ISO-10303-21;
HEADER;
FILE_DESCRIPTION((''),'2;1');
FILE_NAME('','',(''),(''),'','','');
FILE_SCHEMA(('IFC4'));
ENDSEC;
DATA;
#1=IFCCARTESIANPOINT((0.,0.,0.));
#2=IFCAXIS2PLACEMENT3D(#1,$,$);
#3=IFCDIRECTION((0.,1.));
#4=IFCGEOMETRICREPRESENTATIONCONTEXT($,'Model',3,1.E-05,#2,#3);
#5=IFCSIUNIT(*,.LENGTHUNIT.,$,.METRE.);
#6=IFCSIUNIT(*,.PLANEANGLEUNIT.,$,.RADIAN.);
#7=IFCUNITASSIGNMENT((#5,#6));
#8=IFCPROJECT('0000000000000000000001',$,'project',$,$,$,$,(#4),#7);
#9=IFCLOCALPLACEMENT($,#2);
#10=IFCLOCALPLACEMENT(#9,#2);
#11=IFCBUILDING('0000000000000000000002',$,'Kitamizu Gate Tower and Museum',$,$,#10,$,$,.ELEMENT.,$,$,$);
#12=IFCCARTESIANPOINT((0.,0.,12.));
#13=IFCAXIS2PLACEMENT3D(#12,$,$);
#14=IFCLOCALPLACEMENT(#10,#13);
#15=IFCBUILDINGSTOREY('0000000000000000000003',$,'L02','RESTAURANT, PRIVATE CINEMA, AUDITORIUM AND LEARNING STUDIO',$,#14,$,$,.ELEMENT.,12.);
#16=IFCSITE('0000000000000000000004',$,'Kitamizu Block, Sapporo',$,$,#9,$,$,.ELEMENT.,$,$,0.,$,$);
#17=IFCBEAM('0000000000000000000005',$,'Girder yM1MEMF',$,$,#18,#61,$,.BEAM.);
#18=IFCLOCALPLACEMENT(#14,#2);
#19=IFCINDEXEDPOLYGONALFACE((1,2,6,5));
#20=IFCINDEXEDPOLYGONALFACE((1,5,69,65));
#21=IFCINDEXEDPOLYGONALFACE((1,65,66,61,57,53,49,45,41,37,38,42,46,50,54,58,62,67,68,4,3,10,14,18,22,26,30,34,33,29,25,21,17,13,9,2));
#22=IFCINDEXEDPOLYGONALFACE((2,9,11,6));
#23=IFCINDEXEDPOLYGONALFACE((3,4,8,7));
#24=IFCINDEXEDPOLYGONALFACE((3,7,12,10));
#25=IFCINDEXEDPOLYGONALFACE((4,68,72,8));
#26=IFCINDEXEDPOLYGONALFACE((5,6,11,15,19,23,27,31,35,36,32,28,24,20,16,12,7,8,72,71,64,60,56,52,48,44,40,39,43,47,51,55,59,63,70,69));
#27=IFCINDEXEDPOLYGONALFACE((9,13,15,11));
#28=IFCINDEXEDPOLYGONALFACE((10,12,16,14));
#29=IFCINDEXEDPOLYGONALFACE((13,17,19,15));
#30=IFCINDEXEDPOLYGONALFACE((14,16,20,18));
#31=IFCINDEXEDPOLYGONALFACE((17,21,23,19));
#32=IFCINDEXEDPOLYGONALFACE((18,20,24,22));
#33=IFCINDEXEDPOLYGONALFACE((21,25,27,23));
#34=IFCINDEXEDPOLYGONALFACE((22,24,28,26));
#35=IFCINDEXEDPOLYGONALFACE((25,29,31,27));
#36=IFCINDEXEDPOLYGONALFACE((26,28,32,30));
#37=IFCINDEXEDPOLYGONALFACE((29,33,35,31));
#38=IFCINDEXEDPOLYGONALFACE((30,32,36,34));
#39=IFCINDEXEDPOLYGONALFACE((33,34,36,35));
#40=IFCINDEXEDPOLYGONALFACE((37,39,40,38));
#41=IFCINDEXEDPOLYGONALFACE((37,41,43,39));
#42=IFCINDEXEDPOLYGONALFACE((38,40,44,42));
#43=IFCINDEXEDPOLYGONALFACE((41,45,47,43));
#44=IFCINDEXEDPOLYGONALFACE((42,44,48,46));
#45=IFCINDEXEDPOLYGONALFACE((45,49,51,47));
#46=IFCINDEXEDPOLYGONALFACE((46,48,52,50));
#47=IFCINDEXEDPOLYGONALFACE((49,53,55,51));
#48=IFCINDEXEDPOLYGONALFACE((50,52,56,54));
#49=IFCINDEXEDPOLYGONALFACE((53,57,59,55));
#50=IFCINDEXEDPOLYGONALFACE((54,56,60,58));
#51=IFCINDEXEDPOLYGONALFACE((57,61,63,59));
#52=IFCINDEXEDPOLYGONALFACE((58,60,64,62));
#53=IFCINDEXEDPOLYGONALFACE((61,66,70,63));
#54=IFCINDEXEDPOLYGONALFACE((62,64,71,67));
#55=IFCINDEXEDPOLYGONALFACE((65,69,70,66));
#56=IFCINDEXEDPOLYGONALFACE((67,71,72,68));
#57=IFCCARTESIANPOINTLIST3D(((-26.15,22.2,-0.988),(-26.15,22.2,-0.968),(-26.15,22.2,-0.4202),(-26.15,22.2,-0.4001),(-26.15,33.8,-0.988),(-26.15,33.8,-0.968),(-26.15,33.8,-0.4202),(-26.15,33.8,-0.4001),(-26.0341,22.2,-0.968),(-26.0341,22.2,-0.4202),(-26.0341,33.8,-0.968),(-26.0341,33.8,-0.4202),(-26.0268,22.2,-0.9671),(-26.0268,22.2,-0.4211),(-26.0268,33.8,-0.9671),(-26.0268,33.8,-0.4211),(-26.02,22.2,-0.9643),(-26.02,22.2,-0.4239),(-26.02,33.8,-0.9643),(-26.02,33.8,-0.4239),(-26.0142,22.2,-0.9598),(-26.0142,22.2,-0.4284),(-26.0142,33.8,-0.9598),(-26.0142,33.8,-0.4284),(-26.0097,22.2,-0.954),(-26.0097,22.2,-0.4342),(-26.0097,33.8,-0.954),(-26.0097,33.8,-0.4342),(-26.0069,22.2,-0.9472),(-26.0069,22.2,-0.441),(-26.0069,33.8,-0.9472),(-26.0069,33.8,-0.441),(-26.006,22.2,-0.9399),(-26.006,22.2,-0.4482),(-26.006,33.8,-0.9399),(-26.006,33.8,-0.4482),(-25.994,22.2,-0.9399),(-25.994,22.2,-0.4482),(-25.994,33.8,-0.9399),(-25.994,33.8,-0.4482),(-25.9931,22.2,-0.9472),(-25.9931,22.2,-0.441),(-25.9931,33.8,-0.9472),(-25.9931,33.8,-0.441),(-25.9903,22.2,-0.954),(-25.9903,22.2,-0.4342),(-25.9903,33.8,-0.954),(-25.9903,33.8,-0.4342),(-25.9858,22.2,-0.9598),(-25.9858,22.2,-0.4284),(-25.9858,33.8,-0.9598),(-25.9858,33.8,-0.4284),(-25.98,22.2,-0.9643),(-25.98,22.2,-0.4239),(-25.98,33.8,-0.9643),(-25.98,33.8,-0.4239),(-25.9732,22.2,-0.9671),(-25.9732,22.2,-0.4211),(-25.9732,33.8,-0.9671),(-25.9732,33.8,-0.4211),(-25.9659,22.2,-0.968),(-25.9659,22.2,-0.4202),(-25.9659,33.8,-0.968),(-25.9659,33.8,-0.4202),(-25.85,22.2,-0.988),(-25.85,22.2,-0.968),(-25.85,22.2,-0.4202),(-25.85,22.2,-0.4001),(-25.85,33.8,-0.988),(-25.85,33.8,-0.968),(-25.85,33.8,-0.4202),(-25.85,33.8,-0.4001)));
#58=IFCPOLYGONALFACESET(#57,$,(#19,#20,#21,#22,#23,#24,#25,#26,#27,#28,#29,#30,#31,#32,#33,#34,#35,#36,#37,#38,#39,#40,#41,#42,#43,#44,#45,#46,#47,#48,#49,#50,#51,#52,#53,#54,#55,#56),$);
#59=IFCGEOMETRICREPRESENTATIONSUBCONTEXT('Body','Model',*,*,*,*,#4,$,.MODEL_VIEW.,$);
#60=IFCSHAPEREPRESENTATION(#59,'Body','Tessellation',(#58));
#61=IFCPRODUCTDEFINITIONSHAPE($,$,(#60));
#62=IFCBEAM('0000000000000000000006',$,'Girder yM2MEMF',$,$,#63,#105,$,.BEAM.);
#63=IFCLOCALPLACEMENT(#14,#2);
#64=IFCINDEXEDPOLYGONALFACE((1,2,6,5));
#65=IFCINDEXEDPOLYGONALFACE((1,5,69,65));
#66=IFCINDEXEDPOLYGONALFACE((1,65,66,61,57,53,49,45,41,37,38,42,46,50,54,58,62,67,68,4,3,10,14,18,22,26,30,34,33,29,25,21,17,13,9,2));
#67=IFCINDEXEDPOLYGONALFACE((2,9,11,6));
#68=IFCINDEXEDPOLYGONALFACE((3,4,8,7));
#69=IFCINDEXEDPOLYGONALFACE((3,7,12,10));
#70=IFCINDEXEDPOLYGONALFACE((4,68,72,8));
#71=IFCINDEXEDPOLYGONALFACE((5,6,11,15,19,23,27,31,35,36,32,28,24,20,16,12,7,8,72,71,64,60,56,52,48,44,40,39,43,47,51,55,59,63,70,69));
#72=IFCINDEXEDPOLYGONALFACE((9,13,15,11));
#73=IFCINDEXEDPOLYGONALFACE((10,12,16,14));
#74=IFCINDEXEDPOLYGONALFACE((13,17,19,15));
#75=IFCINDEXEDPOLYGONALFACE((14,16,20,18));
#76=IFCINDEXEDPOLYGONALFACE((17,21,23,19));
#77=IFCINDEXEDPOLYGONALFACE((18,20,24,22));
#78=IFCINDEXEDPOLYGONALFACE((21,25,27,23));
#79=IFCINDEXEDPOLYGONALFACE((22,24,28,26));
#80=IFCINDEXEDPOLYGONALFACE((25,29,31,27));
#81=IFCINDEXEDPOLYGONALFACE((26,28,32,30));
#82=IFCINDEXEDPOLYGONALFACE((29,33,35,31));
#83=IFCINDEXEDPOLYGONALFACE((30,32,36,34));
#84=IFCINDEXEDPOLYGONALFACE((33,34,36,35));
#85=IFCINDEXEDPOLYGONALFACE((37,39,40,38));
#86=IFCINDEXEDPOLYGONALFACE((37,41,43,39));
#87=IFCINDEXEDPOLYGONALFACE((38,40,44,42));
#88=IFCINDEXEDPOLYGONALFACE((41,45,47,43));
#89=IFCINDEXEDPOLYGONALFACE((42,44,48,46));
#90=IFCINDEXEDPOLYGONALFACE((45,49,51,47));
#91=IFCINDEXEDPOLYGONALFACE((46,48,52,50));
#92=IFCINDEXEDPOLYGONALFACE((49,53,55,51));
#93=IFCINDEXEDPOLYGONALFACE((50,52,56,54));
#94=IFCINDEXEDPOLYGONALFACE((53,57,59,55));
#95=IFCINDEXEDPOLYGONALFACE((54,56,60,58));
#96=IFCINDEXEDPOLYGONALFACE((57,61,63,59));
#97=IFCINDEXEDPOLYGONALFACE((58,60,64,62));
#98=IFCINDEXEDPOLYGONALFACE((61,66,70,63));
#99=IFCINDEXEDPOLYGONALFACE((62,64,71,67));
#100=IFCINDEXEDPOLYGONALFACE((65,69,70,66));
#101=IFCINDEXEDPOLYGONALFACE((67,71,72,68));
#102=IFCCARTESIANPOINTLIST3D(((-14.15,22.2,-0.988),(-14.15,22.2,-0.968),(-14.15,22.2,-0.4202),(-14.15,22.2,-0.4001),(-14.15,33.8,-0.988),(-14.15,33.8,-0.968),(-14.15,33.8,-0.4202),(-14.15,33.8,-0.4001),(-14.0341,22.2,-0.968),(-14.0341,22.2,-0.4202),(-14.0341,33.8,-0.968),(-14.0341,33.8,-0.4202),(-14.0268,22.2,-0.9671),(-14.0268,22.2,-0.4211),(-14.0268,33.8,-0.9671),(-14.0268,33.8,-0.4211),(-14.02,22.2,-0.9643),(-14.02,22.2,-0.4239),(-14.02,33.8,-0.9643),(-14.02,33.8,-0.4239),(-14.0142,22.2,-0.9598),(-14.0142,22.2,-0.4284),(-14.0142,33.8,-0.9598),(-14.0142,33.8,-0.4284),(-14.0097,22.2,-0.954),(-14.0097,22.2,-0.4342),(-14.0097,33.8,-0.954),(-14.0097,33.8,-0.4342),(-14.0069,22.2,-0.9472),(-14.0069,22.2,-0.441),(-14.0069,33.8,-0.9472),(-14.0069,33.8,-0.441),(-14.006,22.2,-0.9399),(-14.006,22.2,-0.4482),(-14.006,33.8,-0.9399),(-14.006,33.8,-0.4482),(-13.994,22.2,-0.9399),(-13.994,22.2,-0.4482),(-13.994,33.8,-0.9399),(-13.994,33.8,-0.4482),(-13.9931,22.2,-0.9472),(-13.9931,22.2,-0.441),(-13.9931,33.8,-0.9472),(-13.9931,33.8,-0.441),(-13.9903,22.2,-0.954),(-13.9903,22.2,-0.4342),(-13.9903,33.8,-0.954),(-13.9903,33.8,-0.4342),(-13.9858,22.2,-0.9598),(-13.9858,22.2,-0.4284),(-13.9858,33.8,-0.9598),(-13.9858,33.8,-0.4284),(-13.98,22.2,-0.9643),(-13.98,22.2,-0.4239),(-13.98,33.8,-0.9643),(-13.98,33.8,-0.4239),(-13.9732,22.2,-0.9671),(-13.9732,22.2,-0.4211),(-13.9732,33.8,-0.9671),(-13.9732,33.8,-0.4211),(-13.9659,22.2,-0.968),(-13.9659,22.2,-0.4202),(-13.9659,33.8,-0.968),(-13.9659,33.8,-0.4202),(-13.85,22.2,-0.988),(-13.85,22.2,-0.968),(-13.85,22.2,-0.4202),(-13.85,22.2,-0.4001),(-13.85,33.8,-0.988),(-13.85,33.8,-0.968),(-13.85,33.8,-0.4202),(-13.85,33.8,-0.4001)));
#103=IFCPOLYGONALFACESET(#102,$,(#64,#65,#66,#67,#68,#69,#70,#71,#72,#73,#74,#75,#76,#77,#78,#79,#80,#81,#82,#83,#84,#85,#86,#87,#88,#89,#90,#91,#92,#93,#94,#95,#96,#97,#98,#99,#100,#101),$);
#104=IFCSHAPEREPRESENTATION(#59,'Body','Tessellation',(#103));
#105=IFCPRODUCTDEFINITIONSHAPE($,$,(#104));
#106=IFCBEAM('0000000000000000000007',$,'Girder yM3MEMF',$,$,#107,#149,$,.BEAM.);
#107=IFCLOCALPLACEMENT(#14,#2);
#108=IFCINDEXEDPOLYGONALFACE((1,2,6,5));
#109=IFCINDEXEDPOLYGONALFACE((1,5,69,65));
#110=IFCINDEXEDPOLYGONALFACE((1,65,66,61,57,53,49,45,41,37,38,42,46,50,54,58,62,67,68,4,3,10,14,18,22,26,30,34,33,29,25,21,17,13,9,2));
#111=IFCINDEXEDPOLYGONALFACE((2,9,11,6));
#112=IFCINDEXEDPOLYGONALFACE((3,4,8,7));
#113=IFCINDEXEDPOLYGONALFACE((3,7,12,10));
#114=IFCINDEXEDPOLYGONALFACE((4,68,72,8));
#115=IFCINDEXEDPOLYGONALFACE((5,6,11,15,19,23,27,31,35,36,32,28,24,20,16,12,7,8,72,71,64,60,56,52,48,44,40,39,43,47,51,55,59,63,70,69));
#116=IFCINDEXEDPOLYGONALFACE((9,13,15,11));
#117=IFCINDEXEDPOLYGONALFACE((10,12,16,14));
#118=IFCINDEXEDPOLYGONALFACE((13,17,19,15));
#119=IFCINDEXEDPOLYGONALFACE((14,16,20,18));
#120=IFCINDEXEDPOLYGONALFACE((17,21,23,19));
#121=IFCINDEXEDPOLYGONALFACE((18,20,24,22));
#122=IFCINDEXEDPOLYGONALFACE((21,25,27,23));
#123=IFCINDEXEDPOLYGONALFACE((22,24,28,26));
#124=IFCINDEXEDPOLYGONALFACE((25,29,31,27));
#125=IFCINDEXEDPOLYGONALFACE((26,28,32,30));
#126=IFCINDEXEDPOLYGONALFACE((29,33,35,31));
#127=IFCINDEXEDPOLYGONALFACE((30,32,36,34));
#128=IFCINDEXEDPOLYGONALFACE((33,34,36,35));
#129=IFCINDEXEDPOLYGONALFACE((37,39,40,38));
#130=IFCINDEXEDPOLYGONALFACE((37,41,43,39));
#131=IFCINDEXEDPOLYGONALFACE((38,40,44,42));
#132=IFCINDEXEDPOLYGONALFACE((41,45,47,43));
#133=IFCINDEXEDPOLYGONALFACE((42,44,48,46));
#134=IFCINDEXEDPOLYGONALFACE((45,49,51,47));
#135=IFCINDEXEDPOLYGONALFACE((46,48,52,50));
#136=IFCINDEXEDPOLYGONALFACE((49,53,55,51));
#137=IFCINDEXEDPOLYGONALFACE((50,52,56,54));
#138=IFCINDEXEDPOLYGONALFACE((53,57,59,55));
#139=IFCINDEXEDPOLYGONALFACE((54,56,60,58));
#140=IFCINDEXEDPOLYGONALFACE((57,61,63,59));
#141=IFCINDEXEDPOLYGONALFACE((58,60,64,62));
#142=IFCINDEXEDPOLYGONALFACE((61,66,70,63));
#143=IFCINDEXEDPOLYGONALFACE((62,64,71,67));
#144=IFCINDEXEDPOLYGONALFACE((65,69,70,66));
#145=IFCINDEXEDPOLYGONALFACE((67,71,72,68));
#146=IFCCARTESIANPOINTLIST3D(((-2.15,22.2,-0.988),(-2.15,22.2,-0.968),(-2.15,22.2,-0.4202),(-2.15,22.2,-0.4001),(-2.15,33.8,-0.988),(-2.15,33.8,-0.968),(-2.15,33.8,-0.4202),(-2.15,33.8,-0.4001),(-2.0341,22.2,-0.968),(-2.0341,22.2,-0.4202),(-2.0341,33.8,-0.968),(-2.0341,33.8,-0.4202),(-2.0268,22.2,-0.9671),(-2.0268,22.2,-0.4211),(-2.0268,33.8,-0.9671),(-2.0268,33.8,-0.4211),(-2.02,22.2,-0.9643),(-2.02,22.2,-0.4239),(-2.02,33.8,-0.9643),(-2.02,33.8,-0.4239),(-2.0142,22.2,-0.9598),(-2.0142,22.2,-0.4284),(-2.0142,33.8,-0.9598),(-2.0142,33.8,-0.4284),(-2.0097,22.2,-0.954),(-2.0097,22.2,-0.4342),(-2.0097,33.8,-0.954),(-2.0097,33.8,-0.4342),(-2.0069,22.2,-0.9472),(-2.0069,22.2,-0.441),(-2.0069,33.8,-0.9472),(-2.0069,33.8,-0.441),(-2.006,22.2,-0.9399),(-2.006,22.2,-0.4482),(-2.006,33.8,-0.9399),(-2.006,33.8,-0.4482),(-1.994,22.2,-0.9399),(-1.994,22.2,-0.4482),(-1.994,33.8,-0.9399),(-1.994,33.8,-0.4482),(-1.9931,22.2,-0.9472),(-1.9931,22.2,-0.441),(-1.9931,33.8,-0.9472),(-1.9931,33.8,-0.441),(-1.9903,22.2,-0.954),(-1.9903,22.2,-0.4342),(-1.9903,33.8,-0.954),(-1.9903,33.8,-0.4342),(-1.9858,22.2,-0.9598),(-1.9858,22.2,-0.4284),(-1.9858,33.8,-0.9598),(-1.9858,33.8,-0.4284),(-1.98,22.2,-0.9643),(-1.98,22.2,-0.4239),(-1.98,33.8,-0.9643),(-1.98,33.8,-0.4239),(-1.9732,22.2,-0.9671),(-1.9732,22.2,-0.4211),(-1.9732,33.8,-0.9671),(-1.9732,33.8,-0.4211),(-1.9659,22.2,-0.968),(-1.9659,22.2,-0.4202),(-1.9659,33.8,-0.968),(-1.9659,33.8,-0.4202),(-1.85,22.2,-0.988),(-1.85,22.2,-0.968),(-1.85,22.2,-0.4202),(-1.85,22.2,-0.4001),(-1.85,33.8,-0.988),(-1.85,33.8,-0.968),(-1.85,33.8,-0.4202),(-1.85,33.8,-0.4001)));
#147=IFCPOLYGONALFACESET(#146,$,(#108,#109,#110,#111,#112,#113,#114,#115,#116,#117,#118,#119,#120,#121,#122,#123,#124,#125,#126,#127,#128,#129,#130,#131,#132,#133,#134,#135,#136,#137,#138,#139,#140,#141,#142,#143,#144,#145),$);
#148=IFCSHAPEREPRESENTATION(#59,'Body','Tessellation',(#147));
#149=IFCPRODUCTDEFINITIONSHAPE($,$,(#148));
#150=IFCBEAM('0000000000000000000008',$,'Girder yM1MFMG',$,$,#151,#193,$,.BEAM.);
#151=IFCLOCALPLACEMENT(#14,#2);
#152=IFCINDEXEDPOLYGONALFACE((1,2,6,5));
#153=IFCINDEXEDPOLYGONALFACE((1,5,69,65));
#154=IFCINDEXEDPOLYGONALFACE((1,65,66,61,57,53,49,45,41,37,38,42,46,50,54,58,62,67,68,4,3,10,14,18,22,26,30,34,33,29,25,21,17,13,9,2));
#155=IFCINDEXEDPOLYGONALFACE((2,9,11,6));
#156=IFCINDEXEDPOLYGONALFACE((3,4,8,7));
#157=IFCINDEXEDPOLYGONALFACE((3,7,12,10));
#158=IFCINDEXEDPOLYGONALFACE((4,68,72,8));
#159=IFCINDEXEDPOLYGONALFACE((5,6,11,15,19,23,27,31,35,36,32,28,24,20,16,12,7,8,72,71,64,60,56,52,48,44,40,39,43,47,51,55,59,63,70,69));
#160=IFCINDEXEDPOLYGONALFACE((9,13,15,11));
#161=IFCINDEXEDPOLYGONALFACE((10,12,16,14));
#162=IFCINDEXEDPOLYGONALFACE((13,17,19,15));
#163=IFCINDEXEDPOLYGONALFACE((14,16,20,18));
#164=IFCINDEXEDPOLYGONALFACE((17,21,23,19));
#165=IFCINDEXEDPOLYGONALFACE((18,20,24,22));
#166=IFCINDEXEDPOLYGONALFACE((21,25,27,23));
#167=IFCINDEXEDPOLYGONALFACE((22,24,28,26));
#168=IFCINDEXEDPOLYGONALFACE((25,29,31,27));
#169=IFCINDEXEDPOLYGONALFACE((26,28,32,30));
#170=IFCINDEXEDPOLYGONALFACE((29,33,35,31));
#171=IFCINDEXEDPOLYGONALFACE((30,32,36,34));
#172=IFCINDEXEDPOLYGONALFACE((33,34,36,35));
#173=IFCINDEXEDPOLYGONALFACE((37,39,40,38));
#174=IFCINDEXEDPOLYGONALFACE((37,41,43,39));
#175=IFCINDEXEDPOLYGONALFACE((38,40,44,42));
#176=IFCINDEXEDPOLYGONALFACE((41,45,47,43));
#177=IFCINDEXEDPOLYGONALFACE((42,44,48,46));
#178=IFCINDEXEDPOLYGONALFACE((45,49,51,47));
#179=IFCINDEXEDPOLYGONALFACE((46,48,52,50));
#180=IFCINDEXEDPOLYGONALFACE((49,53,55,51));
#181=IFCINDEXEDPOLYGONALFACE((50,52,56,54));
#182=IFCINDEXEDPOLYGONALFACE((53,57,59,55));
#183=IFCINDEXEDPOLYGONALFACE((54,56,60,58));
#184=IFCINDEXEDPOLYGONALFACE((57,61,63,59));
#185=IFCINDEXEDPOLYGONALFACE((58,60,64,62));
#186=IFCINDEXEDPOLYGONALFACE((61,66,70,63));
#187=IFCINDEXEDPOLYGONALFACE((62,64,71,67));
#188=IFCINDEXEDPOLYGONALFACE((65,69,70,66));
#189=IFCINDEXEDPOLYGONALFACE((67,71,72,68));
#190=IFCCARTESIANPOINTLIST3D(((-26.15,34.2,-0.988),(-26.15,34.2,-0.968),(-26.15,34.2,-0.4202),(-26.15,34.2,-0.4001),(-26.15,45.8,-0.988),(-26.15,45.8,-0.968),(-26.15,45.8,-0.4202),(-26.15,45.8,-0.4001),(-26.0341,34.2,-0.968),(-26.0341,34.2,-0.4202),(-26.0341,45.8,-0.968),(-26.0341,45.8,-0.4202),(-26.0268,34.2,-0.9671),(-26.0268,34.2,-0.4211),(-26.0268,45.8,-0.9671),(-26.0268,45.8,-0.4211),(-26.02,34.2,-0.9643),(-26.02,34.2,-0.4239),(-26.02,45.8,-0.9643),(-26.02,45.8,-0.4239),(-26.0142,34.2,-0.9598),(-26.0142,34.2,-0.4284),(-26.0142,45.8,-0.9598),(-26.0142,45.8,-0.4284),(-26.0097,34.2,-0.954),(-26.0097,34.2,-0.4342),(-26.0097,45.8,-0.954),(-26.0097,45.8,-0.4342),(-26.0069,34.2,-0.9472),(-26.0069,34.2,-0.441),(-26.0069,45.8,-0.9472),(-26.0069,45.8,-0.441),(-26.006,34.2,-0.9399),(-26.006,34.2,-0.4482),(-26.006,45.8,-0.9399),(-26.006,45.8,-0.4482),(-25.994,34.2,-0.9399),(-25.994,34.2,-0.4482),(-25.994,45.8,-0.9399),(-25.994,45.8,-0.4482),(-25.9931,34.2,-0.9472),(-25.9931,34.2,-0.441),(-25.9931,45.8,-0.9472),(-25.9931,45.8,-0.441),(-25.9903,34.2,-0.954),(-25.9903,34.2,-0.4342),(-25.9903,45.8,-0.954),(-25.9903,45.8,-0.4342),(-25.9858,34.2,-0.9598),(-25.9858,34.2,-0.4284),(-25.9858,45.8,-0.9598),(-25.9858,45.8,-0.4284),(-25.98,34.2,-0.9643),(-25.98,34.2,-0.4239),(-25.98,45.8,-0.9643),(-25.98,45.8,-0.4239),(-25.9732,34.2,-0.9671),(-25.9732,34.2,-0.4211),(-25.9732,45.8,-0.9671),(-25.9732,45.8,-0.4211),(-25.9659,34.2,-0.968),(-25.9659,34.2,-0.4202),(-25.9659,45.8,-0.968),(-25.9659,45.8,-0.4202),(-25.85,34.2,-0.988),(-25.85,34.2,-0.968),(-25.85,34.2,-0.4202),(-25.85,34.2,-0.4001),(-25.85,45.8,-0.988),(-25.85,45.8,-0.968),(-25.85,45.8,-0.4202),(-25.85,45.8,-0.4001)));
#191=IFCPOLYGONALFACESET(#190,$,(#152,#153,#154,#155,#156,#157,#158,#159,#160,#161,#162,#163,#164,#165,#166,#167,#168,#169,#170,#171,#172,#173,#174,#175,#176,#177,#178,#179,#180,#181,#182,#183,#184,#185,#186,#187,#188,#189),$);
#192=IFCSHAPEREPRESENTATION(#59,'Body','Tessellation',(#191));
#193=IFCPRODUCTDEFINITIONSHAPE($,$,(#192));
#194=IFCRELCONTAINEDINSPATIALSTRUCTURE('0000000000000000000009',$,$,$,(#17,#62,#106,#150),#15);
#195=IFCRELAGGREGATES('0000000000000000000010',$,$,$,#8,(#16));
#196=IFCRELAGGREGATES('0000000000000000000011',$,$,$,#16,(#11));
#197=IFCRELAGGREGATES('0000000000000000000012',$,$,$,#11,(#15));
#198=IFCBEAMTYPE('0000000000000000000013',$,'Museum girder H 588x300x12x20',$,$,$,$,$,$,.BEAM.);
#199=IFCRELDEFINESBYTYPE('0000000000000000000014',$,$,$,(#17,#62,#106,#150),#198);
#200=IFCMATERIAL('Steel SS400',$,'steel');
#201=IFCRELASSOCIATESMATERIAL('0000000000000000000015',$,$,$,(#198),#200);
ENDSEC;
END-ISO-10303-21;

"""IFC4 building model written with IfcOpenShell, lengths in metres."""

from ifc_helpers import new_model, si_unit, direction, frame, origin, origin_2d, place, context, subcontext, project, spatial, i_section, extrude, material, material_profile, profile_set, type_object, element, save


model = new_model("IFC4")

# Units and contexts
model_context = context("Model", 3, precision=1e-05, world=origin(), true_north=direction((0.0, 1.0)))
body_context = subcontext(model_context, "Body", "Model", "MODEL_VIEW")
ifc_project = project(units=[si_unit("LENGTHUNIT", "METRE"), si_unit("PLANEANGLEUNIT", "RADIAN")], contexts=[model_context])

# Site, building, storey
site_placement = place(None, origin())
site = spatial("IfcSite", under=ifc_project, at=site_placement, Name="Kitamizu Block, Sapporo", CompositionType="ELEMENT", RefElevation=0.0)
building_placement = place(site_placement, origin())
building = spatial("IfcBuilding", under=site, at=building_placement, Name="Kitamizu Gate Tower and Museum", CompositionType="ELEMENT")
storey_placement = place(building_placement, frame((0.0, 0.0, 12.0)))
storey = spatial("IfcBuildingStorey", under=building, at=storey_placement, Name="L02", Description="RESTAURANT, PRIVATE CINEMA, AUDITORIUM AND LEARNING STUDIO", CompositionType="ELEMENT", Elevation=12.0)

# Beams
ifc_material_1 = material(Name="Steel SS400", Category="steel")
ifc_material_profile_1 = material_profile(ifc_material_1, i_section(OverallWidth=0.3, OverallDepth=0.5879, WebThickness=0.012, FlangeThickness=0.02, FilletRadius=0.0281, at=origin_2d()), Name="H-588x300x12x20")
ifc_profile_set_1 = profile_set([ifc_material_profile_1], Name="Steel SS400")
beam_type_1 = type_object("IfcBeamType", Name="Museum girder H 588x300x12x20", PredefinedType="BEAM", material=ifc_profile_set_1)
for number, where, z_axis, x_axis, name in (
    (1, (-26.0, 22.2, -0.6941), (0.0, 1.0, 0.0), (-1.0, 0.0, 0.0), "Girder yM1MEMF"),
    (2, (-14.0, 22.2, -0.6941), (0.0, 1.0, 0.0), (-1.0, 0.0, 0.0), "Girder yM2MEMF"),
    (3, (-2.0, 22.2, -0.6941), (0.0, 1.0, 0.0), (-1.0, 0.0, 0.0), "Girder yM3MEMF"),
    (4, (-26.0, 34.2, -0.6941), (0.0, 1.0, 0.0), (-1.0, 0.0, 0.0), "Girder yM1MFMG"),
):
    element("IfcBeam", number, at=place(storey_placement, frame(where, z_axis=z_axis, x_axis=x_axis)), inside=storey, type_object=beam_type_1, Name=name, PredefinedType="BEAM", context=body_context, shape_type="SweptSolid", body=[
        extrude(i_section(OverallWidth=0.3, OverallDepth=0.5879, WebThickness=0.012, FlangeThickness=0.02, FilletRadius=0.0281, at=origin_2d()), origin(), (0.0, 0.0, 1.0), 11.6001),
    ])

save(model, "model.ifc")
